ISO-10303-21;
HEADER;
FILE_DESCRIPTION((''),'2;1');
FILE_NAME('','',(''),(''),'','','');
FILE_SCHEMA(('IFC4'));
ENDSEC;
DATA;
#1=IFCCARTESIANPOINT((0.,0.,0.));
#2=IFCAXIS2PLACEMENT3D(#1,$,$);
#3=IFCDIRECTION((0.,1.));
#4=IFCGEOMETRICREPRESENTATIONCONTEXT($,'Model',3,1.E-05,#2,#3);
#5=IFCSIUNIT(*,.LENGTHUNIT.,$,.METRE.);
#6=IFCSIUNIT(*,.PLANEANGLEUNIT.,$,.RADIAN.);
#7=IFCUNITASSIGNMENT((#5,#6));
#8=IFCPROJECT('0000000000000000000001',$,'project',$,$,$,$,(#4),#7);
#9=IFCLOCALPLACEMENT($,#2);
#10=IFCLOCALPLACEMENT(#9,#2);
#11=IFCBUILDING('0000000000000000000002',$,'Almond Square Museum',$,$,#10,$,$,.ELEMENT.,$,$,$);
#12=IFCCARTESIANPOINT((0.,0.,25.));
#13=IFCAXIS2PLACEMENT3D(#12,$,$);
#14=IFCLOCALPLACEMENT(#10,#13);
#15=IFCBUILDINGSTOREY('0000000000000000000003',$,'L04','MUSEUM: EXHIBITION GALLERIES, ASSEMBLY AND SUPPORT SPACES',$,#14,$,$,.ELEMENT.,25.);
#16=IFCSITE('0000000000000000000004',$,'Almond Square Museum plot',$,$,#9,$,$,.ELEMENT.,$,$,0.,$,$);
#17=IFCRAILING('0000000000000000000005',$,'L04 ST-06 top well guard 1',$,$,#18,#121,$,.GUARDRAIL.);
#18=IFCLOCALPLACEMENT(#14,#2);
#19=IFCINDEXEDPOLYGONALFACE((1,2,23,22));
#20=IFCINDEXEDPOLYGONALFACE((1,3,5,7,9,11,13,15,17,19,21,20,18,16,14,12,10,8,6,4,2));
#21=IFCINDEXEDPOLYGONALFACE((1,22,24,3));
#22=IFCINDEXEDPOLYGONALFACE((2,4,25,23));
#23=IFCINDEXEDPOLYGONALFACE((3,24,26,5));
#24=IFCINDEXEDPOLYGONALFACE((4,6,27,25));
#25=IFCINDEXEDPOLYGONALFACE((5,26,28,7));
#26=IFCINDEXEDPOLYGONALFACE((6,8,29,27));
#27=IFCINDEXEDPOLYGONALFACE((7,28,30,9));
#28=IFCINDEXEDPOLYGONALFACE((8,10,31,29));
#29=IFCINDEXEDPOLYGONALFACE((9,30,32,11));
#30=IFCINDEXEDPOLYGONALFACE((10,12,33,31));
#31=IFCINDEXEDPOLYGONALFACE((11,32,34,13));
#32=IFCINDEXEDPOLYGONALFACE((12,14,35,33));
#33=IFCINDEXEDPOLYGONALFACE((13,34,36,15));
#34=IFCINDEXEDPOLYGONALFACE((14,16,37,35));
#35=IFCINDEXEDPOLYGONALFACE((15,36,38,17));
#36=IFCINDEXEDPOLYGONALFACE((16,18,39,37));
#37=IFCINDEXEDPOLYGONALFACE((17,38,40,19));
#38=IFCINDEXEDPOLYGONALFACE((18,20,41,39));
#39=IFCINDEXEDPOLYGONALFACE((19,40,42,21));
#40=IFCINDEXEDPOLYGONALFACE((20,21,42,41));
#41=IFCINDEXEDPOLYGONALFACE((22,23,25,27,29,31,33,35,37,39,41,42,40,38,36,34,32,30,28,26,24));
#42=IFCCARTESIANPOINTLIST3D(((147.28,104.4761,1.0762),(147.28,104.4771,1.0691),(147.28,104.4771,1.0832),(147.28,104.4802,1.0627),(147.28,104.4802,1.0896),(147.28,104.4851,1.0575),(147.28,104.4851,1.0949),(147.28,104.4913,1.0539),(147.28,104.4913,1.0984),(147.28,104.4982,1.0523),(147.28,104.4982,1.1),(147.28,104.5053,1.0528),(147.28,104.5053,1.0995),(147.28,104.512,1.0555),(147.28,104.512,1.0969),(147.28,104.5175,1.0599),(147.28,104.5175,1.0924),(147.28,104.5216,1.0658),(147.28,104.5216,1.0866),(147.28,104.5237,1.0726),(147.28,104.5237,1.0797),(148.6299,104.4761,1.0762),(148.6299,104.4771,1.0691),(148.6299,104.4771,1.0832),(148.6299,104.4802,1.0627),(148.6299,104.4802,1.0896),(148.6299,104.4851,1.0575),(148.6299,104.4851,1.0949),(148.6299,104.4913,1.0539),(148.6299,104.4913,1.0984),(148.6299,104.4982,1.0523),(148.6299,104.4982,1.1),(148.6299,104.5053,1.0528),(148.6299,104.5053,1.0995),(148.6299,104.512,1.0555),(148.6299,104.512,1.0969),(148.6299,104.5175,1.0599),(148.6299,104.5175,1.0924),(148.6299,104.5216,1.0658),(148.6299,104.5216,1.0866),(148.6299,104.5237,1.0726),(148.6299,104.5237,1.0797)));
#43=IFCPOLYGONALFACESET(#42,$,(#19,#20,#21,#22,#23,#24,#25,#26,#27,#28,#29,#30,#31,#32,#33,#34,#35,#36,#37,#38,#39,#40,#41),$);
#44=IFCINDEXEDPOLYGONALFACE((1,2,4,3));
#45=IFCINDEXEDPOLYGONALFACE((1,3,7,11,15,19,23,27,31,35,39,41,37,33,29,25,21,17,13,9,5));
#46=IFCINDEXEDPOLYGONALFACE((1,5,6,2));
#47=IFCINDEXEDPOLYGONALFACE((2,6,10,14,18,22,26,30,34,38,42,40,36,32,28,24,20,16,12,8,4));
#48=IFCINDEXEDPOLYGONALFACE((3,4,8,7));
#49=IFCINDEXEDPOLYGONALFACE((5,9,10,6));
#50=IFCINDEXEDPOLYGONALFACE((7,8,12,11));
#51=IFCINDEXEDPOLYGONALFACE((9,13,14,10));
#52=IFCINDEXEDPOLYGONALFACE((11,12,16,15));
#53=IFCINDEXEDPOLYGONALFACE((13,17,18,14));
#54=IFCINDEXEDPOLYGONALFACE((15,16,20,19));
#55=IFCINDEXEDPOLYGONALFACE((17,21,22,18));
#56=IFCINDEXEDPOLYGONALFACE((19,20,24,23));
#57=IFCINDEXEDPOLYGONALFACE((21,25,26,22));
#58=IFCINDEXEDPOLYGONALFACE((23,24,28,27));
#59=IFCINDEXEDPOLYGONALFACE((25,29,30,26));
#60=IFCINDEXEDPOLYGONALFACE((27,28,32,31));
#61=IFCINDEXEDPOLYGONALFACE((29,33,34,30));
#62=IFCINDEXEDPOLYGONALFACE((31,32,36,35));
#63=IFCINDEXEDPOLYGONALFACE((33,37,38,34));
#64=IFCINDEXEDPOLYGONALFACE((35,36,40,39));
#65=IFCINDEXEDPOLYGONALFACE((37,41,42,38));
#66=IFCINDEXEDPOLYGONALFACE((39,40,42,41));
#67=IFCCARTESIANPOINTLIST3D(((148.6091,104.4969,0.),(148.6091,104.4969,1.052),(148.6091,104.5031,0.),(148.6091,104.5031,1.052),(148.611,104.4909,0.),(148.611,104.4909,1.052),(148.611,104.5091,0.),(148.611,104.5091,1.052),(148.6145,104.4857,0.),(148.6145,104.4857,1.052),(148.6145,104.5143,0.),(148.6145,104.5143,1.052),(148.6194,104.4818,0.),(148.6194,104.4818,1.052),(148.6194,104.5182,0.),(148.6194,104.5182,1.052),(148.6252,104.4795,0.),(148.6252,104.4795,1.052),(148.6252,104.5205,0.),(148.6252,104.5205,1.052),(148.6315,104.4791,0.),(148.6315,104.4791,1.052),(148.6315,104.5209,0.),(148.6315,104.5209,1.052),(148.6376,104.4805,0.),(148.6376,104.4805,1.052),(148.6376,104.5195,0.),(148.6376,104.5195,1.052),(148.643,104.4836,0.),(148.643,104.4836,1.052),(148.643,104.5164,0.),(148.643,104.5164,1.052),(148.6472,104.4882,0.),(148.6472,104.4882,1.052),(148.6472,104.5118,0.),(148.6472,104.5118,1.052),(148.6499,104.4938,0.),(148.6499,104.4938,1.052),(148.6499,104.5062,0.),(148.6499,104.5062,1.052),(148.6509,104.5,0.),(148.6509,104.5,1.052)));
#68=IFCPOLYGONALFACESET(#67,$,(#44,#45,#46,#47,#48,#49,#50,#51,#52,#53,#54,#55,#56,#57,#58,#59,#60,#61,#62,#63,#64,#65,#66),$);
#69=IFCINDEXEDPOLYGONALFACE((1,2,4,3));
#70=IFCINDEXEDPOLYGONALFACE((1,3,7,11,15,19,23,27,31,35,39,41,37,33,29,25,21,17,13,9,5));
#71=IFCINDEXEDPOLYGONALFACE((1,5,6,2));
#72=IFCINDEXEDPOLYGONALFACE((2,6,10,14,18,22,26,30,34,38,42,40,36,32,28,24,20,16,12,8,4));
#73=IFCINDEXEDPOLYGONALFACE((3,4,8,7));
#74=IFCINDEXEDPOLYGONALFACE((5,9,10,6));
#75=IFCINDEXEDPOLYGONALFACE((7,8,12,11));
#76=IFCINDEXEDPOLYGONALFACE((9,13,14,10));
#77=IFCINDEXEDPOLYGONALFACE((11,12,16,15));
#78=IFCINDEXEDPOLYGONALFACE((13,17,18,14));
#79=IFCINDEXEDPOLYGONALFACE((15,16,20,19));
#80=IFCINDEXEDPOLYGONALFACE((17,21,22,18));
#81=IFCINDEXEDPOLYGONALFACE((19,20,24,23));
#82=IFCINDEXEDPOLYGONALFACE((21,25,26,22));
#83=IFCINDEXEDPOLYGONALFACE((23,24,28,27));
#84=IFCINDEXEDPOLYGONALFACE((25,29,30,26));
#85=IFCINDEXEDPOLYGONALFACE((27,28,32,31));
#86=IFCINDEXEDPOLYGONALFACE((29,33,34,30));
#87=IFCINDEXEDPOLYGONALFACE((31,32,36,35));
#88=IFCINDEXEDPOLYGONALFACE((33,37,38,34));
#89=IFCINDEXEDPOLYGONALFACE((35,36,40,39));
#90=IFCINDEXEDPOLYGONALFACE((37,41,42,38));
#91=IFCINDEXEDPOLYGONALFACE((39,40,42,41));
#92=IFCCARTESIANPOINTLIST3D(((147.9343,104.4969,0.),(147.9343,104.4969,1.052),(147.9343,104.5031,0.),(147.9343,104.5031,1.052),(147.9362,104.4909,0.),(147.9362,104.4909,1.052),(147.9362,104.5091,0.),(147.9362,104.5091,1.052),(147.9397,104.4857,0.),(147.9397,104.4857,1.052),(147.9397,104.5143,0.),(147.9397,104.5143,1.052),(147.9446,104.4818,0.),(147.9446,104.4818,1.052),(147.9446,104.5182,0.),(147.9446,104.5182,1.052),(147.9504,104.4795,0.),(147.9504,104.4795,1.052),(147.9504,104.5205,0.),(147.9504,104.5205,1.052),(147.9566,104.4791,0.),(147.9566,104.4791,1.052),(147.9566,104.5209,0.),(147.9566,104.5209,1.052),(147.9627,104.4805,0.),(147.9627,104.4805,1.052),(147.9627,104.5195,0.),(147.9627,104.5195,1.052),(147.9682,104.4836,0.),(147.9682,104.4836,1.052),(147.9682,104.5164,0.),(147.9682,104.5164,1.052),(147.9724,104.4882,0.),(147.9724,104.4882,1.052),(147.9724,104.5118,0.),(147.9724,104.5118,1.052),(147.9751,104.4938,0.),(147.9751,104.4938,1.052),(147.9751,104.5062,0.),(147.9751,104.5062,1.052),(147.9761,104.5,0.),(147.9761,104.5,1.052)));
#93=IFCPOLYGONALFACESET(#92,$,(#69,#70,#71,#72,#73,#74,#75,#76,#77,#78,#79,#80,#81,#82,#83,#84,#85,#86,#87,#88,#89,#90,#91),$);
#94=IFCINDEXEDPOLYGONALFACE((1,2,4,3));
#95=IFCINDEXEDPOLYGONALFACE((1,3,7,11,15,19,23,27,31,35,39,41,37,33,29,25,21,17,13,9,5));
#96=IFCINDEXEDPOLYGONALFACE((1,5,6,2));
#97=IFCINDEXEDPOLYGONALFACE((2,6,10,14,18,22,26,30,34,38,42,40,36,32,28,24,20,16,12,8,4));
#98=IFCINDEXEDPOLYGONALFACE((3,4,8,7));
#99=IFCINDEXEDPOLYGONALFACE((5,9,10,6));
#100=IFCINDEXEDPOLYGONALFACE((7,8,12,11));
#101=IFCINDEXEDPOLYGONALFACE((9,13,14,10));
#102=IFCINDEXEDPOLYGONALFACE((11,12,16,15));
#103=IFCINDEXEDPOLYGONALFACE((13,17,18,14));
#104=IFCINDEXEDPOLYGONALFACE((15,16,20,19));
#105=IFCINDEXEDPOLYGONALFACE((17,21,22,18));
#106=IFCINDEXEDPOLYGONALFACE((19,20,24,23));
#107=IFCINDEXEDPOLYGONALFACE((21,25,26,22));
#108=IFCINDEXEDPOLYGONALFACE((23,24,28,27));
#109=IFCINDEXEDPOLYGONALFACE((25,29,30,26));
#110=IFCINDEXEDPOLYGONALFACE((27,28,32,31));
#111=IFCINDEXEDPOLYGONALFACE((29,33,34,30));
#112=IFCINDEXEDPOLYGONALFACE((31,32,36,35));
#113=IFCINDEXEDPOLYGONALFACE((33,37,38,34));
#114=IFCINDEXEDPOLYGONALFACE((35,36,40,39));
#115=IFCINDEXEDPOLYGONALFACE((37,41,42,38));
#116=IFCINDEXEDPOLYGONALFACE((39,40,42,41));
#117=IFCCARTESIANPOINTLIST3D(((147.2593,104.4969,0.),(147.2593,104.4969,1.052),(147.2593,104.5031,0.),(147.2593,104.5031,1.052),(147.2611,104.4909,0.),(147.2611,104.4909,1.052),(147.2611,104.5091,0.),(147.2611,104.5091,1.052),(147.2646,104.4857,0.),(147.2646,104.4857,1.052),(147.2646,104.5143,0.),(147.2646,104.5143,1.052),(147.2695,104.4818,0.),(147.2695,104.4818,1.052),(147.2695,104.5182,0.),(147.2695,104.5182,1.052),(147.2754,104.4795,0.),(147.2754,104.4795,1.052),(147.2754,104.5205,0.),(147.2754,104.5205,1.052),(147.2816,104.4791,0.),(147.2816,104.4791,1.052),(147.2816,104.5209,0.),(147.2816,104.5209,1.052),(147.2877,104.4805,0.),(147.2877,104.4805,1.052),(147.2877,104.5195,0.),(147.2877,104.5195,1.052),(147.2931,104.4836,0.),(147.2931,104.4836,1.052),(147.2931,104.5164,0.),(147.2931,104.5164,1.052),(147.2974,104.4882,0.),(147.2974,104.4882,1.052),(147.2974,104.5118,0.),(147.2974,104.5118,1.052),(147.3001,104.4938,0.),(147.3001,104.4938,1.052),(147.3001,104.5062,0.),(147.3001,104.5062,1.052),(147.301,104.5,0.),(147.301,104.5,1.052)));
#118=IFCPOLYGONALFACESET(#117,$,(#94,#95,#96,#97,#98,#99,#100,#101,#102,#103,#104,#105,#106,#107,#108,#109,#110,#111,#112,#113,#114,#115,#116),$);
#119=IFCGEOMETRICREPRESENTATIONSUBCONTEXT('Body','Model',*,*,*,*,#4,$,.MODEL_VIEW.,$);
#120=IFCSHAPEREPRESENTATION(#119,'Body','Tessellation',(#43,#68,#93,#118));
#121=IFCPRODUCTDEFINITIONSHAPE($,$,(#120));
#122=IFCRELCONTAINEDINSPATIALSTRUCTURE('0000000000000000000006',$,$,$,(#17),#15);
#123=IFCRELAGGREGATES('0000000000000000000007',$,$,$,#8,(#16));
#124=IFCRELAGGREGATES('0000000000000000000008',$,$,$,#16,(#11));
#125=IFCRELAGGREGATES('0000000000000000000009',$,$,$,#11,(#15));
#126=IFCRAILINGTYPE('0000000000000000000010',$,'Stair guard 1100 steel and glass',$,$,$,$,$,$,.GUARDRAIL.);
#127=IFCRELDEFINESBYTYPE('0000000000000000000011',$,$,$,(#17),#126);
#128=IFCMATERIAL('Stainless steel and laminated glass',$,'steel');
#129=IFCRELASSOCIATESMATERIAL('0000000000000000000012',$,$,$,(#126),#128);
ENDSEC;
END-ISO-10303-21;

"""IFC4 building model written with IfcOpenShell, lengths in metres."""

from ifc_helpers import new_model, si_unit, direction, frame, origin, origin_2d, place, context, subcontext, project, spatial, circle, extrude, material, type_object, element, save


model = new_model("IFC4")

# Units and contexts
model_context = context("Model", 3, precision=1e-05, world=origin(), true_north=direction((0.0, 1.0)))
body_context = subcontext(model_context, "Body", "Model", "MODEL_VIEW")
ifc_project = project(units=[si_unit("LENGTHUNIT", "METRE"), si_unit("PLANEANGLEUNIT", "RADIAN")], contexts=[model_context])

# Site, building, storey
site_placement = place(None, origin())
site = spatial("IfcSite", under=ifc_project, at=site_placement, Name="Almond Square Museum plot", CompositionType="ELEMENT", RefElevation=0.0)
building_placement = place(site_placement, origin())
building = spatial("IfcBuilding", under=site, at=building_placement, Name="Almond Square Museum", CompositionType="ELEMENT")
storey_placement = place(building_placement, frame((0.0, 0.0, 25.0)))
storey = spatial("IfcBuildingStorey", under=building, at=storey_placement, Name="L04", Description="MUSEUM: EXHIBITION GALLERIES, ASSEMBLY AND SUPPORT SPACES", CompositionType="ELEMENT", Elevation=25.0)

# Railing
ifc_material_1 = material(Name="Stainless steel and laminated glass", Category="steel")
railing_type = type_object("IfcRailingType", Name="Stair guard 1100 steel and glass", PredefinedType="GUARDRAIL", material=ifc_material_1)
for number, where, name in (
    (1, (148.6299, 104.5, 0.0), "L04 ST-06 top well guard 1"),
):
    element("IfcRailing", number, at=place(storey_placement, frame(where)), inside=storey, type_object=railing_type, Name=name, PredefinedType="GUARDRAIL", context=body_context, shape_type="SweptSolid", body=[
        extrude(circle(Radius=0.0239, at=origin_2d()), frame((0.0, 0.0, 1.0762), z_axis=(-1.0, 0.0, 0.0), x_axis=(0.0, -1.0, 0.0)), (0.0, 0.0, 1.0), 1.3499),
        extrude(circle(Radius=0.021, at=origin_2d()), origin(), (0.0, 0.0, 1.0), 1.052),
        extrude(circle(Radius=0.021, at=origin_2d()), frame((-0.6748, 0.0, 0.0)), (0.0, 0.0, 1.0), 1.052),
        extrude(circle(Radius=0.021, at=origin_2d()), frame((-1.3499, 0.0, 0.0)), (0.0, 0.0, 1.0), 1.052),
    ])

save(model, "model.ifc")
